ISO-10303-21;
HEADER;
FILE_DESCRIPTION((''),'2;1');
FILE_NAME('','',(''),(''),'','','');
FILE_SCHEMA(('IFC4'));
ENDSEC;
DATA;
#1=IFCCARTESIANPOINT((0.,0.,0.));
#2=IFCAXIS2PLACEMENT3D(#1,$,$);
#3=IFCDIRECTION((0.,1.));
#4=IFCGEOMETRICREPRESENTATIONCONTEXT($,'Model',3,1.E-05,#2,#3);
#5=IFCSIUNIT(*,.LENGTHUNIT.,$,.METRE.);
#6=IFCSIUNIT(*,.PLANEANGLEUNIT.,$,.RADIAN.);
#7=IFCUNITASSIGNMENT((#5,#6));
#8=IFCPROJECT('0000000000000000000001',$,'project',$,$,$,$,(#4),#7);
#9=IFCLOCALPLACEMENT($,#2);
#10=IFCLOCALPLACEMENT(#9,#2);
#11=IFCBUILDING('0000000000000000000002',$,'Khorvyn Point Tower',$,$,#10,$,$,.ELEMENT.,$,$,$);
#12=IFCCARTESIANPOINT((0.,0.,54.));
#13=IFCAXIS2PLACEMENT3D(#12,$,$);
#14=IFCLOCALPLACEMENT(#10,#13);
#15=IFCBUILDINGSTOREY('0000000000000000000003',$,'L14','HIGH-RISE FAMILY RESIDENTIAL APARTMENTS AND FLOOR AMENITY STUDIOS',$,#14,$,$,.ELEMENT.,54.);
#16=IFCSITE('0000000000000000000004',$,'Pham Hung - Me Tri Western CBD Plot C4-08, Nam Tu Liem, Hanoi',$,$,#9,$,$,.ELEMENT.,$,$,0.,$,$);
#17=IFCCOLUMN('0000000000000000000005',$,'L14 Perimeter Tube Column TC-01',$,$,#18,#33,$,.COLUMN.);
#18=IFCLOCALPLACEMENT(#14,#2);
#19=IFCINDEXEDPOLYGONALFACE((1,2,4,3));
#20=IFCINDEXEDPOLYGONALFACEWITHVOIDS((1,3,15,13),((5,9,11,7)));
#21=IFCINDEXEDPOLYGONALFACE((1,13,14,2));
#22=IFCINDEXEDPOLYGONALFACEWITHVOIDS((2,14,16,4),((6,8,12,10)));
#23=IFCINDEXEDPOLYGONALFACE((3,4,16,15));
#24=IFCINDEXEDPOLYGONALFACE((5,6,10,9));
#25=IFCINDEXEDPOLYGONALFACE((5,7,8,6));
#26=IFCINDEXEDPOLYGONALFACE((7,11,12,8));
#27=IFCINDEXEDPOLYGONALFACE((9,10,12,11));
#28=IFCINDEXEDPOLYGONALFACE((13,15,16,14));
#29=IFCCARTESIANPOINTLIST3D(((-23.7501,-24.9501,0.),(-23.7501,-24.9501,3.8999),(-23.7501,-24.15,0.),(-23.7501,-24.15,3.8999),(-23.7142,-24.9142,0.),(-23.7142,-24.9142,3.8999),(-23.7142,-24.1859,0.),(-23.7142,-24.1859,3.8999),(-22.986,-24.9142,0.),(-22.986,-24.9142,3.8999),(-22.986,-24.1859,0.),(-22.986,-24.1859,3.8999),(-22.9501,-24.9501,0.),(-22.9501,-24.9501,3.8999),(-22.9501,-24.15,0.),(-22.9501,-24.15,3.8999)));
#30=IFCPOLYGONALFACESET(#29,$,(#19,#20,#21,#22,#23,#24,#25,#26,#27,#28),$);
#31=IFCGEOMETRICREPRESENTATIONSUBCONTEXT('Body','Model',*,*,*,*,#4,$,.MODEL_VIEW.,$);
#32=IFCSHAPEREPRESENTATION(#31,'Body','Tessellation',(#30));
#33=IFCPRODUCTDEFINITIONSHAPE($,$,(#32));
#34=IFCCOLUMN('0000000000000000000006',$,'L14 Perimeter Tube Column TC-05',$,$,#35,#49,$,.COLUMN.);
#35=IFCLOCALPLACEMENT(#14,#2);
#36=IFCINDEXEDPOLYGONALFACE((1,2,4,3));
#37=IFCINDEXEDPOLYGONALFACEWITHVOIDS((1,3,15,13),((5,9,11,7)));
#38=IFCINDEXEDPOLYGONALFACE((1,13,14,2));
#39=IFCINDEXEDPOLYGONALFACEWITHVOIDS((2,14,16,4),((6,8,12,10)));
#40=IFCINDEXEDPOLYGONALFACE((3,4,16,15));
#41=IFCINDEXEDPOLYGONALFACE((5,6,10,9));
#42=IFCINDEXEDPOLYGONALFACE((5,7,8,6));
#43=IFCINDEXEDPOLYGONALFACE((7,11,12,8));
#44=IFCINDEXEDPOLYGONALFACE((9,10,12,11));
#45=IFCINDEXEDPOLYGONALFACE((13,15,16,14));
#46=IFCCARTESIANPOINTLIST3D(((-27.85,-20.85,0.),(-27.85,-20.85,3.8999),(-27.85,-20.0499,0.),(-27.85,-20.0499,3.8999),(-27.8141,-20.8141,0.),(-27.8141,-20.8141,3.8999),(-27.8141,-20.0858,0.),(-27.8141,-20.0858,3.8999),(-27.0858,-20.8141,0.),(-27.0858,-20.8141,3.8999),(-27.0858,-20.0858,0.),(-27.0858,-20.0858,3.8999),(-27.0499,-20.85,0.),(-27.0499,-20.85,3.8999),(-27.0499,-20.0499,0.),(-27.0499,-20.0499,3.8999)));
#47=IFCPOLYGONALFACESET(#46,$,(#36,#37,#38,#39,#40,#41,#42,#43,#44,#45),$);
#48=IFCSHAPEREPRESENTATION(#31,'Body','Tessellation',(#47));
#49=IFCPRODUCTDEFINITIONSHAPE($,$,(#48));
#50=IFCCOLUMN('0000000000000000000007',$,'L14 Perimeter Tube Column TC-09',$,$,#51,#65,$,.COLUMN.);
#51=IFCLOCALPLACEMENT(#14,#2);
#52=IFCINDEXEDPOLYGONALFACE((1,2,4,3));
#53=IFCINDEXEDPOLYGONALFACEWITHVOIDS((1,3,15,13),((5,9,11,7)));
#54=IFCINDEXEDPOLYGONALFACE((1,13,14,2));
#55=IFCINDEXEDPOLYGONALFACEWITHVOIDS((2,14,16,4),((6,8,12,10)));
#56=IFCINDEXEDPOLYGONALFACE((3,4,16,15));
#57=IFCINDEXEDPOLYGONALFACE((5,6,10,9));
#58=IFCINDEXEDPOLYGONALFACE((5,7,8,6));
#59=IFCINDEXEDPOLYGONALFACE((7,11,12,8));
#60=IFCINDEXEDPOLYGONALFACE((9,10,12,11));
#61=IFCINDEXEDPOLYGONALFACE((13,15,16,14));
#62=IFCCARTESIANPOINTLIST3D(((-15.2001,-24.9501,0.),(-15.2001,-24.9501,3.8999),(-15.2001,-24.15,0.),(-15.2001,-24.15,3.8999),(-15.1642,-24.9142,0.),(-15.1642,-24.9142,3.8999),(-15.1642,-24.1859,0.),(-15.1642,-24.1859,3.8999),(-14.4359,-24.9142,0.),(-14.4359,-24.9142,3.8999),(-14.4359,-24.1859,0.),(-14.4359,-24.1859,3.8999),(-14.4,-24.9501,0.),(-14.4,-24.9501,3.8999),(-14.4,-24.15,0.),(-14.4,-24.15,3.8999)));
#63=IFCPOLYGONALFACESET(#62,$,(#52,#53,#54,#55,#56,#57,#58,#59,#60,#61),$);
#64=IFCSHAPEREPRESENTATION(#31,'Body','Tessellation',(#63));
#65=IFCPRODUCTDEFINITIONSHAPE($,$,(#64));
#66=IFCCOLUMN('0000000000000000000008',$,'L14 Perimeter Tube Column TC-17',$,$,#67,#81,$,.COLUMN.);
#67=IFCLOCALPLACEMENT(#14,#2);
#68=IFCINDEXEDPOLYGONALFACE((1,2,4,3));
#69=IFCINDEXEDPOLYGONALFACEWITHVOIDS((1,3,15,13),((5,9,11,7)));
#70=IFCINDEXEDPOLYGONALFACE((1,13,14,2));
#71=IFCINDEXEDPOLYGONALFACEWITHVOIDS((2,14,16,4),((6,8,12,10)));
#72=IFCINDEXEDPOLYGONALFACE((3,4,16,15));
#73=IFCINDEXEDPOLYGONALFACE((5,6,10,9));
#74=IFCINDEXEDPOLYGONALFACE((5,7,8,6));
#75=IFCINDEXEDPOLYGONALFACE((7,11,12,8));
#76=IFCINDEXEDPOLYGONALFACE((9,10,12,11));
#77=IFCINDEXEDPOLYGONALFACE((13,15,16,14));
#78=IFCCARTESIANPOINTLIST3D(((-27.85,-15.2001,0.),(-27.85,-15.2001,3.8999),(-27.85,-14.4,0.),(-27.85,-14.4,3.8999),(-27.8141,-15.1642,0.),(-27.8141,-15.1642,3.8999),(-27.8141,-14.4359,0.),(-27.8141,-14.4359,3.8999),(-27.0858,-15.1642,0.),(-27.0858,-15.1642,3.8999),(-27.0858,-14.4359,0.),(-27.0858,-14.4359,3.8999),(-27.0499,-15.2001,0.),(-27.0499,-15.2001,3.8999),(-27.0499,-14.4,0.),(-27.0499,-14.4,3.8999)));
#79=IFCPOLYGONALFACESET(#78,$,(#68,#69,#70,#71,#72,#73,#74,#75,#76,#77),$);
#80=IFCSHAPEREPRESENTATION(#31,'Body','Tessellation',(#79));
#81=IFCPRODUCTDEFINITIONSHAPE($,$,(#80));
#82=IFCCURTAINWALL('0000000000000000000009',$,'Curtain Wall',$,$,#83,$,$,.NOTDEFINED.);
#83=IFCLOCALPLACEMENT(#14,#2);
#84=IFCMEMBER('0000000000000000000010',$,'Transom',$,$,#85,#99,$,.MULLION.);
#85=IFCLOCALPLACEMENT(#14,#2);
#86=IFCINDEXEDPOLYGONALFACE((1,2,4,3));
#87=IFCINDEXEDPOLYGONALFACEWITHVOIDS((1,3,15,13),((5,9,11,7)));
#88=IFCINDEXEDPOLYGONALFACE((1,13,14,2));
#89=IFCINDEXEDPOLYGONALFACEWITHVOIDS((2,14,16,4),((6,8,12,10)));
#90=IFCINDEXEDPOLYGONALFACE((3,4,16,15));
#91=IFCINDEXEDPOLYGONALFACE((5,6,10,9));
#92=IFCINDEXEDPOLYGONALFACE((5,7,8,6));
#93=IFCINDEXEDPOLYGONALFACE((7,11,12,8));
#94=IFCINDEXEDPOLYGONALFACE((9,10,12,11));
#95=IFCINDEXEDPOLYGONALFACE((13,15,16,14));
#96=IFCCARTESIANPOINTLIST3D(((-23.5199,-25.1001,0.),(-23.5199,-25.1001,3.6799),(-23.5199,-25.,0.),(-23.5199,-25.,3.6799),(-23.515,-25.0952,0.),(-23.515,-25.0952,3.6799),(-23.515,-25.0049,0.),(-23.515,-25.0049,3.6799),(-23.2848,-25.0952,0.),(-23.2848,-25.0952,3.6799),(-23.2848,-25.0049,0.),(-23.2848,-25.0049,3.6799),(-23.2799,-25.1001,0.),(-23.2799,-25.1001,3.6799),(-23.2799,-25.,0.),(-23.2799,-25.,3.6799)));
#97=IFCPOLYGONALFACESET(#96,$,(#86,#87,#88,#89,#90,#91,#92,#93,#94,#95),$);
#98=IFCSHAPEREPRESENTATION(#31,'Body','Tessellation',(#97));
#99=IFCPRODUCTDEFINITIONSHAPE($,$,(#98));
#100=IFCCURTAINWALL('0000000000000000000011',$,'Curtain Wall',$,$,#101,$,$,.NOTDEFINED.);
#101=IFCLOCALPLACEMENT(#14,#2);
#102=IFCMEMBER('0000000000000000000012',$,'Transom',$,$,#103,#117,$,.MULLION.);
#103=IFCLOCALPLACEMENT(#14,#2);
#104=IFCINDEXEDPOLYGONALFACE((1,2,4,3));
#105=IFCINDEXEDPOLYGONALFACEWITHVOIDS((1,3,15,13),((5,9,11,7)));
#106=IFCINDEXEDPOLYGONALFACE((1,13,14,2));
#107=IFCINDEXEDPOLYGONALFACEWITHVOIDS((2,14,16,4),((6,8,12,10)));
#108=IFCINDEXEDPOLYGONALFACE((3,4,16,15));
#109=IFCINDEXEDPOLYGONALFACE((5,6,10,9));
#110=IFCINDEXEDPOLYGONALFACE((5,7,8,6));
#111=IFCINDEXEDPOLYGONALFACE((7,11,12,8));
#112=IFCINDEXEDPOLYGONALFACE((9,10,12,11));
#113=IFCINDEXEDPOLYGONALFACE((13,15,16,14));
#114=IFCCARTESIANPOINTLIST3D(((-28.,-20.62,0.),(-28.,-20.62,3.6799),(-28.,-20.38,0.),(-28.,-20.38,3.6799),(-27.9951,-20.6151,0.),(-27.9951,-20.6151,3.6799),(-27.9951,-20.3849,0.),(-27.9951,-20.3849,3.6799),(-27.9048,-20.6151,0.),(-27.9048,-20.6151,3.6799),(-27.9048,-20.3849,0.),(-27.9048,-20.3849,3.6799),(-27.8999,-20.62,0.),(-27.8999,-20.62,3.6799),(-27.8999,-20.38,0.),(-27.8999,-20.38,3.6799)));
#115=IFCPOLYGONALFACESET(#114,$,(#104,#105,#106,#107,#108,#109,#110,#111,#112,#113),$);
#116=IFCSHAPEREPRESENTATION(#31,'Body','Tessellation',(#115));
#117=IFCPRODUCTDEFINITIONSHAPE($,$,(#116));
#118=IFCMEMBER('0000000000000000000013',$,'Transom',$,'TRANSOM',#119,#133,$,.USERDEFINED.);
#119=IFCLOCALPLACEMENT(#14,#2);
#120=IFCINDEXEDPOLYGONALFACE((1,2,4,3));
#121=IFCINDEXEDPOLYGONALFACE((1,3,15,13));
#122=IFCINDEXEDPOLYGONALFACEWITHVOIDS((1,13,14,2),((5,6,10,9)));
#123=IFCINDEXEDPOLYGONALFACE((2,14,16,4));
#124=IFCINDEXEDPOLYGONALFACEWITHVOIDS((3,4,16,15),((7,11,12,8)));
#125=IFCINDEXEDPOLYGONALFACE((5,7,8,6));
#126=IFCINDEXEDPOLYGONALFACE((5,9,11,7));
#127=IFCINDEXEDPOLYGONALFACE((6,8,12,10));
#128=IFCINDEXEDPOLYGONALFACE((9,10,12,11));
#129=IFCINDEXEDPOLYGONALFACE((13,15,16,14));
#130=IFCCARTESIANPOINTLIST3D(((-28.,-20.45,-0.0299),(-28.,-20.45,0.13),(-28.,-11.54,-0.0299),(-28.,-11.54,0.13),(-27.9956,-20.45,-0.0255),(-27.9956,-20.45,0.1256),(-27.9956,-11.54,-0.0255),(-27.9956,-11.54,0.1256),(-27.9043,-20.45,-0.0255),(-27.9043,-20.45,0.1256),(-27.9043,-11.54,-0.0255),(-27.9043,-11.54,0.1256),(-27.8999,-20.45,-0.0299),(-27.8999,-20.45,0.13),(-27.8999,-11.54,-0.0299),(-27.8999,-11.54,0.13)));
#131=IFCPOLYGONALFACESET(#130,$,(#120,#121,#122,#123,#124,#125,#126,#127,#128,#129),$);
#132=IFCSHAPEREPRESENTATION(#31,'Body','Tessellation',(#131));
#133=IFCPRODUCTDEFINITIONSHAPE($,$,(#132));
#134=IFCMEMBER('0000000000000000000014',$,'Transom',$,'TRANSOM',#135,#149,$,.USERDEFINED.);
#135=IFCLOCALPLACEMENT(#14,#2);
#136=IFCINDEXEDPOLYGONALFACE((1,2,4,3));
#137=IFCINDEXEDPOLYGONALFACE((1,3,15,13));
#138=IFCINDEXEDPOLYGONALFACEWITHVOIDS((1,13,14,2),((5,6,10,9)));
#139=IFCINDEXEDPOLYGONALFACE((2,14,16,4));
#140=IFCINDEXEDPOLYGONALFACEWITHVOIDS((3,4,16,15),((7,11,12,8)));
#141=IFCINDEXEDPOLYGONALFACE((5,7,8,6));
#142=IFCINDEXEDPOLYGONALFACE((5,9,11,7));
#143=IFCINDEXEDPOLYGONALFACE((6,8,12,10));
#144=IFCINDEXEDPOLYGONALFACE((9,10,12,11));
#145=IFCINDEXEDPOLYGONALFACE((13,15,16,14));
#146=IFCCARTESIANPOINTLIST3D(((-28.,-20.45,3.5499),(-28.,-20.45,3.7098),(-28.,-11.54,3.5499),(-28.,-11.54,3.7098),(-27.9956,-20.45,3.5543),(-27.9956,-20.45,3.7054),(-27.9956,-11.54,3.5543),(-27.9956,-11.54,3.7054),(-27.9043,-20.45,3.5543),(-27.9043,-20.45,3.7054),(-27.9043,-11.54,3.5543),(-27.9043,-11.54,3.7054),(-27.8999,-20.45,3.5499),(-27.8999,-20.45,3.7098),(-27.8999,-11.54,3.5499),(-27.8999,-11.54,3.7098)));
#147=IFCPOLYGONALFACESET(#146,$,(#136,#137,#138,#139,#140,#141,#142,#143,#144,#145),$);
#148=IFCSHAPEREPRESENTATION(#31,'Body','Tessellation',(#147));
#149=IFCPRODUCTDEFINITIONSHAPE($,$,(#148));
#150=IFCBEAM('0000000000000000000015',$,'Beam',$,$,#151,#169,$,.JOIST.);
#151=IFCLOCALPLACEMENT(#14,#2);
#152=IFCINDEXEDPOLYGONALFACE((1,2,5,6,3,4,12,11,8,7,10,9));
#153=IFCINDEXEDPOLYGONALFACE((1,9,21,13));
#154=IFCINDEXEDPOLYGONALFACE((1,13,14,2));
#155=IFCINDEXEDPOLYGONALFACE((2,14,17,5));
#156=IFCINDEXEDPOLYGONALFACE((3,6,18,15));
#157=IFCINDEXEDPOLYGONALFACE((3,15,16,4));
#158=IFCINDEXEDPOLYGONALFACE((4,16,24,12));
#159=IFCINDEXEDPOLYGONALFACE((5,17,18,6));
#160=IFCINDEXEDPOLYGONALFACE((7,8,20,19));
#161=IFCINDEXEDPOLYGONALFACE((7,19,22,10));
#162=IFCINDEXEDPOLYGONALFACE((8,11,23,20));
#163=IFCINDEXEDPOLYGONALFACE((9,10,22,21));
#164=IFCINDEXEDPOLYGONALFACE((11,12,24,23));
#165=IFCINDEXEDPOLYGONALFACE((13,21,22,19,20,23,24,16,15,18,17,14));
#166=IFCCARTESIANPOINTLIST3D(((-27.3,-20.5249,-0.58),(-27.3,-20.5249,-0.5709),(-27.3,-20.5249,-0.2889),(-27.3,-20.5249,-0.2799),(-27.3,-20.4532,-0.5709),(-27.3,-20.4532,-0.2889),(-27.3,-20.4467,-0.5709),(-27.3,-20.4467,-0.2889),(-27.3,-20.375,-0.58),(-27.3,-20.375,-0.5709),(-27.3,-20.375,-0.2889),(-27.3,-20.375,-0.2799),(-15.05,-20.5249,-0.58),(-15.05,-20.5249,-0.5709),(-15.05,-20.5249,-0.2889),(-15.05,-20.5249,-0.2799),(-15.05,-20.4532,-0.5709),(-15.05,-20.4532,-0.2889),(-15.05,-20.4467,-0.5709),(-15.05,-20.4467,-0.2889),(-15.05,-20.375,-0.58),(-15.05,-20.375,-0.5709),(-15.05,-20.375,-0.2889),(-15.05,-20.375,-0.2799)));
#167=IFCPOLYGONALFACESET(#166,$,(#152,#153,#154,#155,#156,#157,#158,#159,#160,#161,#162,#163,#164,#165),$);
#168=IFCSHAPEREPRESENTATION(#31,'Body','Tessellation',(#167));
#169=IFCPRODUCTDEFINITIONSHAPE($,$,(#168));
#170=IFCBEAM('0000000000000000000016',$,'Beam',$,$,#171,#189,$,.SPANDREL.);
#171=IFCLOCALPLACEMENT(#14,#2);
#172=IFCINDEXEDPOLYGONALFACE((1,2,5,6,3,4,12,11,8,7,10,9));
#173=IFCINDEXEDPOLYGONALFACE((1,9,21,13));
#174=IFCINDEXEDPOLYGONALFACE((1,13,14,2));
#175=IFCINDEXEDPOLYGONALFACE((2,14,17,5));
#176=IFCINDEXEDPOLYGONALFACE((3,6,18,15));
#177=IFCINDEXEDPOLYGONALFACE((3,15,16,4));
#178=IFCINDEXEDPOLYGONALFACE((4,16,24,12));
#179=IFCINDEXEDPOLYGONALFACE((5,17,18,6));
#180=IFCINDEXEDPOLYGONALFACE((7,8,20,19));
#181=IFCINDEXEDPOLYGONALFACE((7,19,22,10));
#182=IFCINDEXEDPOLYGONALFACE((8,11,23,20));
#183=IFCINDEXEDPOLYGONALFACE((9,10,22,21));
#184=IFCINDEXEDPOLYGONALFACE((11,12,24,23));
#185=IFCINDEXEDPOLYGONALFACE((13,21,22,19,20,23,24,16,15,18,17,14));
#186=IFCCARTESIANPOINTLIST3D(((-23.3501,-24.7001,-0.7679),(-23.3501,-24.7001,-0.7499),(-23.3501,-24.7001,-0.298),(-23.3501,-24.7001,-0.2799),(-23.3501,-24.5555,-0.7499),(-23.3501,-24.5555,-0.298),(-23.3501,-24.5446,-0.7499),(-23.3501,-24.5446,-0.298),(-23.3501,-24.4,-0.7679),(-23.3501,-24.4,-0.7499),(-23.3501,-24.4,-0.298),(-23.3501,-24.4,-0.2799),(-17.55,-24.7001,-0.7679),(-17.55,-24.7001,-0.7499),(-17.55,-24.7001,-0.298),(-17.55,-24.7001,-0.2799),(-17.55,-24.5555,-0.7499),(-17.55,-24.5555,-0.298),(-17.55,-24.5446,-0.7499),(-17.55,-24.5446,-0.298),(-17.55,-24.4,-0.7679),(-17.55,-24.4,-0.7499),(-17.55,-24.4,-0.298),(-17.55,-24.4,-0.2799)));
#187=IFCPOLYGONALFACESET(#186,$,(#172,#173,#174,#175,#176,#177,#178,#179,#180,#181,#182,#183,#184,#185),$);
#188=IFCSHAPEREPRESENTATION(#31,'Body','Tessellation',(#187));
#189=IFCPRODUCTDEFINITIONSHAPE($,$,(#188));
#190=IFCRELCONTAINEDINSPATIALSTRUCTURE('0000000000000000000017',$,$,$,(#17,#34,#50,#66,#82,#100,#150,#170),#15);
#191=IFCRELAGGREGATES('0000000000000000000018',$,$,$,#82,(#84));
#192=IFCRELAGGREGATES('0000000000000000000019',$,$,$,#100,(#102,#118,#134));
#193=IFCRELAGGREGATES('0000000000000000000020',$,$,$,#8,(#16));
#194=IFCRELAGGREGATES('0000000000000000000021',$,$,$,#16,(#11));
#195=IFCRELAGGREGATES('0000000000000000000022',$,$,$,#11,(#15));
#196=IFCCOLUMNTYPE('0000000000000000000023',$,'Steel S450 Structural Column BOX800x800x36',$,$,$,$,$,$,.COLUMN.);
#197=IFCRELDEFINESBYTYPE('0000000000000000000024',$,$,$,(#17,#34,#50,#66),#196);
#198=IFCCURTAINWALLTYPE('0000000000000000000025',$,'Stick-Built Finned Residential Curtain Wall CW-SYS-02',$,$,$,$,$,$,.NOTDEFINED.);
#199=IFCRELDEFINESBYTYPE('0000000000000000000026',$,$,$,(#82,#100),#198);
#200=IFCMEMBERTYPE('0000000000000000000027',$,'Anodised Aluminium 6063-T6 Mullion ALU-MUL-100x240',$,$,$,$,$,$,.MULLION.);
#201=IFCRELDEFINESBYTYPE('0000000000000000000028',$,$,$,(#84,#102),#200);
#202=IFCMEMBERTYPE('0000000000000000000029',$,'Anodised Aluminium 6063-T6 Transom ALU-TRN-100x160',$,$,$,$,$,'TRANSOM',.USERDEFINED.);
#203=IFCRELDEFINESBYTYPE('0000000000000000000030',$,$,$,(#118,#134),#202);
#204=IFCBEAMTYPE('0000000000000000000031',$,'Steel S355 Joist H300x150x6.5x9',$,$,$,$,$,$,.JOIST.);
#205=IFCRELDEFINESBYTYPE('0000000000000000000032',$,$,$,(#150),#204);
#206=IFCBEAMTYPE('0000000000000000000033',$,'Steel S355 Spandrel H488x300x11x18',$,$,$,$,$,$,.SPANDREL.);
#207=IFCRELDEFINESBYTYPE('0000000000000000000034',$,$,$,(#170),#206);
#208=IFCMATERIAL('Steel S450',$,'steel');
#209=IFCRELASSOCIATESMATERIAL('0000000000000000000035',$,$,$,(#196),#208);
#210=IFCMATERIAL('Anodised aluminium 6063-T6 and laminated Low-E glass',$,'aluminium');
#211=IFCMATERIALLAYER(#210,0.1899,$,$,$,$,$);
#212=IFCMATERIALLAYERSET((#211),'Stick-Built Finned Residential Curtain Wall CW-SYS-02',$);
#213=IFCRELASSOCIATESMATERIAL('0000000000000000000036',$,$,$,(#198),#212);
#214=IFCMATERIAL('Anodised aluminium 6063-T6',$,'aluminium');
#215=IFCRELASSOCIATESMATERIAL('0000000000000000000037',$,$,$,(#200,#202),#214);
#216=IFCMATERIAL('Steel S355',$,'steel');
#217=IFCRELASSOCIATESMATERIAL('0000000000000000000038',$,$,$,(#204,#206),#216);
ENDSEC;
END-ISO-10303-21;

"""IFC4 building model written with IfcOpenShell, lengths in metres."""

from ifc_helpers import new_model, si_unit, direction, frame, origin, origin_2d, place, context, subcontext, project, spatial, hollow_rectangle, i_section, extrude, material, layer, layer_set, material_profile, profile_set, type_object, element, aggregate, save


model = new_model("IFC4")

# Units and contexts
model_context = context("Model", 3, precision=1e-05, world=origin(), true_north=direction((0.0, 1.0)))
body_context = subcontext(model_context, "Body", "Model", "MODEL_VIEW")
ifc_project = project(units=[si_unit("LENGTHUNIT", "METRE"), si_unit("PLANEANGLEUNIT", "RADIAN")], contexts=[model_context])

# Site, building, storey
site_placement = place(None, origin())
site = spatial("IfcSite", under=ifc_project, at=site_placement, Name="Pham Hung - Me Tri Western CBD Plot C4-08, Nam Tu Liem, Hanoi", CompositionType="ELEMENT", RefElevation=0.0)
building_placement = place(site_placement, origin())
building = spatial("IfcBuilding", under=site, at=building_placement, Name="Khorvyn Point Tower", CompositionType="ELEMENT")
storey_placement = place(building_placement, frame((0.0, 0.0, 54.0)))
storey = spatial("IfcBuildingStorey", under=building, at=storey_placement, Name="L14", Description="HIGH-RISE FAMILY RESIDENTIAL APARTMENTS AND FLOOR AMENITY STUDIOS", CompositionType="ELEMENT", Elevation=54.0)

# Columns
ifc_material_1 = material(Name="Steel S450", Category="steel")
ifc_material_profile_1 = material_profile(ifc_material_1, hollow_rectangle(XDim=0.8, YDim=0.8, WallThickness=0.0359, at=origin_2d()))
ifc_profile_set_1 = profile_set([ifc_material_profile_1], Name="Steel S450 BOX800x800x36")
column_type = type_object("IfcColumnType", Name="Steel S450 Structural Column BOX800x800x36", PredefinedType="COLUMN", material=ifc_profile_set_1)
for number, where, z_axis, x_axis, name in (
    (1, (-23.3501, -24.55, 0.0), (0.0, 0.0, 1.0), (1.0, 0.0, 0.0), "L14 Perimeter Tube Column TC-01"),
    (2, (-27.45, -20.45, 0.0), (0.0, 0.0, 1.0), (1.0, 0.0, 0.0), "L14 Perimeter Tube Column TC-05"),
    (3, (-14.8, -24.55, 0.0), (0.0, 0.0, 1.0), (1.0, 0.0, 0.0), "L14 Perimeter Tube Column TC-09"),
    (4, (-27.45, -14.8, 0.0), (0.0, 0.0, 1.0), (1.0, 0.0, 0.0), "L14 Perimeter Tube Column TC-17"),
):
    element("IfcColumn", number, at=place(storey_placement, frame(where, z_axis=z_axis, x_axis=x_axis)), inside=storey, type_object=column_type, Name=name, PredefinedType="COLUMN", context=body_context, shape_type="SweptSolid", body=[
        extrude(hollow_rectangle(XDim=0.8, YDim=0.8, WallThickness=0.0359, at=origin_2d()), origin(), (0.0, 0.0, 1.0), 3.8999),
    ])

# Curtain wall, member
ifc_material_2 = material(Name="Anodised aluminium 6063-T6 and laminated Low-E glass", Category="aluminium")
ifc_layer_1 = layer(ifc_material_2, 0.1899)
ifc_layer_set_1 = layer_set([ifc_layer_1], Name="Stick-Built Finned Residential Curtain Wall CW-SYS-02")
curtain_wall_type = type_object("IfcCurtainWallType", Name="Stick-Built Finned Residential Curtain Wall CW-SYS-02", PredefinedType="NOTDEFINED", material=ifc_layer_set_1)
curtain_wall_1_placement = place(storey_placement, origin())
curtain_wall_1 = element("IfcCurtainWall", 5, at=curtain_wall_1_placement, inside=storey, type_object=curtain_wall_type, Name="Curtain Wall", PredefinedType="NOTDEFINED")
ifc_material_3 = material(Name="Anodised aluminium 6063-T6", Category="aluminium")
ifc_material_profile_2 = material_profile(ifc_material_3, hollow_rectangle(XDim=0.1001, YDim=0.24, WallThickness=0.0049, at=origin_2d()))
ifc_profile_set_2 = profile_set([ifc_material_profile_2], Name="Anodised aluminium 6063-T6 ALU-MUL-100x240")
member_type_1 = type_object("IfcMemberType", Name="Anodised Aluminium 6063-T6 Mullion ALU-MUL-100x240", PredefinedType="MULLION", material=ifc_profile_set_2)
member_1_placement = place(storey_placement, frame((-23.3999, -25.05, 0.0), z_axis=(0.0, 0.0, 1.0), x_axis=(0.0, -1.0, 0.0)))
member_1 = element("IfcMember", 6, at=member_1_placement, type_object=member_type_1, Name="Transom", PredefinedType="MULLION", context=body_context, shape_type="SweptSolid", body=[
    extrude(hollow_rectangle(XDim=0.1001, YDim=0.24, WallThickness=0.0049, at=origin_2d()), origin(), (0.0, 0.0, 1.0), 3.6799),
])

# Curtain wall, members
curtain_wall_2_placement = place(storey_placement, origin())
curtain_wall_2 = element("IfcCurtainWall", 7, at=curtain_wall_2_placement, inside=storey, type_object=curtain_wall_type, Name="Curtain Wall", PredefinedType="NOTDEFINED")
member_2_placement = place(storey_placement, frame((-27.95, -20.5, 0.0), z_axis=(0.0, 0.0, 1.0), x_axis=(-1.0, 0.0, 0.0)))
member_2 = element("IfcMember", 8, at=member_2_placement, type_object=member_type_1, Name="Transom", PredefinedType="MULLION", context=body_context, shape_type="SweptSolid", body=[
    extrude(hollow_rectangle(XDim=0.1001, YDim=0.24, WallThickness=0.0049, at=origin_2d()), origin(), (0.0, 0.0, 1.0), 3.6799),
])
ifc_material_profile_3 = material_profile(ifc_material_3, hollow_rectangle(XDim=0.1001, YDim=0.1599, WallThickness=0.0044, at=origin_2d()))
ifc_profile_set_3 = profile_set([ifc_material_profile_3], Name="Anodised aluminium 6063-T6 ALU-TRN-100x160")
member_type_2 = type_object("IfcMemberType", Name="Anodised Aluminium 6063-T6 Transom ALU-TRN-100x160", ElementType="TRANSOM", PredefinedType="USERDEFINED", material=ifc_profile_set_3)
member_3_placement = place(storey_placement, frame((-27.95, -20.45, 0.05), z_axis=(0.0, 1.0, 0.0), x_axis=(-1.0, 0.0, 0.0)))
member_3 = element("IfcMember", 9, at=member_3_placement, type_object=member_type_2, Name="Transom", ObjectType="TRANSOM", PredefinedType="USERDEFINED", context=body_context, shape_type="SweptSolid", body=[
    extrude(hollow_rectangle(XDim=0.1001, YDim=0.1599, WallThickness=0.0044, at=origin_2d()), origin(), (0.0, 0.0, 1.0), 8.9099),
])
member_4_placement = place(storey_placement, frame((-27.95, -20.45, 3.6299), z_axis=(0.0, 1.0, 0.0), x_axis=(-1.0, 0.0, 0.0)))
member_4 = element("IfcMember", 10, at=member_4_placement, type_object=member_type_2, Name="Transom", ObjectType="TRANSOM", PredefinedType="USERDEFINED", context=body_context, shape_type="SweptSolid", body=[
    extrude(hollow_rectangle(XDim=0.1001, YDim=0.1599, WallThickness=0.0044, at=origin_2d()), origin(), (0.0, 0.0, 1.0), 8.9099),
])

# Beams
ifc_material_4 = material(Name="Steel S355", Category="steel")
ifc_material_profile_4 = material_profile(ifc_material_4, i_section(OverallWidth=0.1499, OverallDepth=0.3, WebThickness=0.0066, FlangeThickness=0.009, at=origin_2d()))
ifc_profile_set_4 = profile_set([ifc_material_profile_4], Name="Steel S355 H300x150x6.5x9")
beam_type_1 = type_object("IfcBeamType", Name="Steel S355 Joist H300x150x6.5x9", PredefinedType="JOIST", material=ifc_profile_set_4)
beam_1_placement = place(storey_placement, frame((-27.3, -20.45, -0.4299), z_axis=(1.0, 0.0, 0.0), x_axis=(0.0, 1.0, 0.0)))
element("IfcBeam", 11, at=beam_1_placement, inside=storey, type_object=beam_type_1, Name="Beam", PredefinedType="JOIST", context=body_context, shape_type="SweptSolid", body=[
    extrude(i_section(OverallWidth=0.1499, OverallDepth=0.3, WebThickness=0.0066, FlangeThickness=0.009, at=origin_2d()), origin(), (0.0, 0.0, 1.0), 12.25),
])
ifc_material_profile_5 = material_profile(ifc_material_4, i_section(OverallWidth=0.3, OverallDepth=0.488, WebThickness=0.011, FlangeThickness=0.0181, at=origin_2d()))
ifc_profile_set_5 = profile_set([ifc_material_profile_5], Name="Steel S355 H488x300x11x18")
beam_type_2 = type_object("IfcBeamType", Name="Steel S355 Spandrel H488x300x11x18", PredefinedType="SPANDREL", material=ifc_profile_set_5)
beam_2_placement = place(storey_placement, frame((-23.3501, -24.55, -0.5239), z_axis=(1.0, 0.0, 0.0), x_axis=(0.0, 1.0, 0.0)))
element("IfcBeam", 12, at=beam_2_placement, inside=storey, type_object=beam_type_2, Name="Beam", PredefinedType="SPANDREL", context=body_context, shape_type="SweptSolid", body=[
    extrude(i_section(OverallWidth=0.3, OverallDepth=0.488, WebThickness=0.011, FlangeThickness=0.0181, at=origin_2d()), origin(), (0.0, 0.0, 1.0), 5.8),
])

aggregate(curtain_wall_1, [member_1])
aggregate(curtain_wall_2, [member_2, member_3, member_4])

save(model, "model.ifc")
